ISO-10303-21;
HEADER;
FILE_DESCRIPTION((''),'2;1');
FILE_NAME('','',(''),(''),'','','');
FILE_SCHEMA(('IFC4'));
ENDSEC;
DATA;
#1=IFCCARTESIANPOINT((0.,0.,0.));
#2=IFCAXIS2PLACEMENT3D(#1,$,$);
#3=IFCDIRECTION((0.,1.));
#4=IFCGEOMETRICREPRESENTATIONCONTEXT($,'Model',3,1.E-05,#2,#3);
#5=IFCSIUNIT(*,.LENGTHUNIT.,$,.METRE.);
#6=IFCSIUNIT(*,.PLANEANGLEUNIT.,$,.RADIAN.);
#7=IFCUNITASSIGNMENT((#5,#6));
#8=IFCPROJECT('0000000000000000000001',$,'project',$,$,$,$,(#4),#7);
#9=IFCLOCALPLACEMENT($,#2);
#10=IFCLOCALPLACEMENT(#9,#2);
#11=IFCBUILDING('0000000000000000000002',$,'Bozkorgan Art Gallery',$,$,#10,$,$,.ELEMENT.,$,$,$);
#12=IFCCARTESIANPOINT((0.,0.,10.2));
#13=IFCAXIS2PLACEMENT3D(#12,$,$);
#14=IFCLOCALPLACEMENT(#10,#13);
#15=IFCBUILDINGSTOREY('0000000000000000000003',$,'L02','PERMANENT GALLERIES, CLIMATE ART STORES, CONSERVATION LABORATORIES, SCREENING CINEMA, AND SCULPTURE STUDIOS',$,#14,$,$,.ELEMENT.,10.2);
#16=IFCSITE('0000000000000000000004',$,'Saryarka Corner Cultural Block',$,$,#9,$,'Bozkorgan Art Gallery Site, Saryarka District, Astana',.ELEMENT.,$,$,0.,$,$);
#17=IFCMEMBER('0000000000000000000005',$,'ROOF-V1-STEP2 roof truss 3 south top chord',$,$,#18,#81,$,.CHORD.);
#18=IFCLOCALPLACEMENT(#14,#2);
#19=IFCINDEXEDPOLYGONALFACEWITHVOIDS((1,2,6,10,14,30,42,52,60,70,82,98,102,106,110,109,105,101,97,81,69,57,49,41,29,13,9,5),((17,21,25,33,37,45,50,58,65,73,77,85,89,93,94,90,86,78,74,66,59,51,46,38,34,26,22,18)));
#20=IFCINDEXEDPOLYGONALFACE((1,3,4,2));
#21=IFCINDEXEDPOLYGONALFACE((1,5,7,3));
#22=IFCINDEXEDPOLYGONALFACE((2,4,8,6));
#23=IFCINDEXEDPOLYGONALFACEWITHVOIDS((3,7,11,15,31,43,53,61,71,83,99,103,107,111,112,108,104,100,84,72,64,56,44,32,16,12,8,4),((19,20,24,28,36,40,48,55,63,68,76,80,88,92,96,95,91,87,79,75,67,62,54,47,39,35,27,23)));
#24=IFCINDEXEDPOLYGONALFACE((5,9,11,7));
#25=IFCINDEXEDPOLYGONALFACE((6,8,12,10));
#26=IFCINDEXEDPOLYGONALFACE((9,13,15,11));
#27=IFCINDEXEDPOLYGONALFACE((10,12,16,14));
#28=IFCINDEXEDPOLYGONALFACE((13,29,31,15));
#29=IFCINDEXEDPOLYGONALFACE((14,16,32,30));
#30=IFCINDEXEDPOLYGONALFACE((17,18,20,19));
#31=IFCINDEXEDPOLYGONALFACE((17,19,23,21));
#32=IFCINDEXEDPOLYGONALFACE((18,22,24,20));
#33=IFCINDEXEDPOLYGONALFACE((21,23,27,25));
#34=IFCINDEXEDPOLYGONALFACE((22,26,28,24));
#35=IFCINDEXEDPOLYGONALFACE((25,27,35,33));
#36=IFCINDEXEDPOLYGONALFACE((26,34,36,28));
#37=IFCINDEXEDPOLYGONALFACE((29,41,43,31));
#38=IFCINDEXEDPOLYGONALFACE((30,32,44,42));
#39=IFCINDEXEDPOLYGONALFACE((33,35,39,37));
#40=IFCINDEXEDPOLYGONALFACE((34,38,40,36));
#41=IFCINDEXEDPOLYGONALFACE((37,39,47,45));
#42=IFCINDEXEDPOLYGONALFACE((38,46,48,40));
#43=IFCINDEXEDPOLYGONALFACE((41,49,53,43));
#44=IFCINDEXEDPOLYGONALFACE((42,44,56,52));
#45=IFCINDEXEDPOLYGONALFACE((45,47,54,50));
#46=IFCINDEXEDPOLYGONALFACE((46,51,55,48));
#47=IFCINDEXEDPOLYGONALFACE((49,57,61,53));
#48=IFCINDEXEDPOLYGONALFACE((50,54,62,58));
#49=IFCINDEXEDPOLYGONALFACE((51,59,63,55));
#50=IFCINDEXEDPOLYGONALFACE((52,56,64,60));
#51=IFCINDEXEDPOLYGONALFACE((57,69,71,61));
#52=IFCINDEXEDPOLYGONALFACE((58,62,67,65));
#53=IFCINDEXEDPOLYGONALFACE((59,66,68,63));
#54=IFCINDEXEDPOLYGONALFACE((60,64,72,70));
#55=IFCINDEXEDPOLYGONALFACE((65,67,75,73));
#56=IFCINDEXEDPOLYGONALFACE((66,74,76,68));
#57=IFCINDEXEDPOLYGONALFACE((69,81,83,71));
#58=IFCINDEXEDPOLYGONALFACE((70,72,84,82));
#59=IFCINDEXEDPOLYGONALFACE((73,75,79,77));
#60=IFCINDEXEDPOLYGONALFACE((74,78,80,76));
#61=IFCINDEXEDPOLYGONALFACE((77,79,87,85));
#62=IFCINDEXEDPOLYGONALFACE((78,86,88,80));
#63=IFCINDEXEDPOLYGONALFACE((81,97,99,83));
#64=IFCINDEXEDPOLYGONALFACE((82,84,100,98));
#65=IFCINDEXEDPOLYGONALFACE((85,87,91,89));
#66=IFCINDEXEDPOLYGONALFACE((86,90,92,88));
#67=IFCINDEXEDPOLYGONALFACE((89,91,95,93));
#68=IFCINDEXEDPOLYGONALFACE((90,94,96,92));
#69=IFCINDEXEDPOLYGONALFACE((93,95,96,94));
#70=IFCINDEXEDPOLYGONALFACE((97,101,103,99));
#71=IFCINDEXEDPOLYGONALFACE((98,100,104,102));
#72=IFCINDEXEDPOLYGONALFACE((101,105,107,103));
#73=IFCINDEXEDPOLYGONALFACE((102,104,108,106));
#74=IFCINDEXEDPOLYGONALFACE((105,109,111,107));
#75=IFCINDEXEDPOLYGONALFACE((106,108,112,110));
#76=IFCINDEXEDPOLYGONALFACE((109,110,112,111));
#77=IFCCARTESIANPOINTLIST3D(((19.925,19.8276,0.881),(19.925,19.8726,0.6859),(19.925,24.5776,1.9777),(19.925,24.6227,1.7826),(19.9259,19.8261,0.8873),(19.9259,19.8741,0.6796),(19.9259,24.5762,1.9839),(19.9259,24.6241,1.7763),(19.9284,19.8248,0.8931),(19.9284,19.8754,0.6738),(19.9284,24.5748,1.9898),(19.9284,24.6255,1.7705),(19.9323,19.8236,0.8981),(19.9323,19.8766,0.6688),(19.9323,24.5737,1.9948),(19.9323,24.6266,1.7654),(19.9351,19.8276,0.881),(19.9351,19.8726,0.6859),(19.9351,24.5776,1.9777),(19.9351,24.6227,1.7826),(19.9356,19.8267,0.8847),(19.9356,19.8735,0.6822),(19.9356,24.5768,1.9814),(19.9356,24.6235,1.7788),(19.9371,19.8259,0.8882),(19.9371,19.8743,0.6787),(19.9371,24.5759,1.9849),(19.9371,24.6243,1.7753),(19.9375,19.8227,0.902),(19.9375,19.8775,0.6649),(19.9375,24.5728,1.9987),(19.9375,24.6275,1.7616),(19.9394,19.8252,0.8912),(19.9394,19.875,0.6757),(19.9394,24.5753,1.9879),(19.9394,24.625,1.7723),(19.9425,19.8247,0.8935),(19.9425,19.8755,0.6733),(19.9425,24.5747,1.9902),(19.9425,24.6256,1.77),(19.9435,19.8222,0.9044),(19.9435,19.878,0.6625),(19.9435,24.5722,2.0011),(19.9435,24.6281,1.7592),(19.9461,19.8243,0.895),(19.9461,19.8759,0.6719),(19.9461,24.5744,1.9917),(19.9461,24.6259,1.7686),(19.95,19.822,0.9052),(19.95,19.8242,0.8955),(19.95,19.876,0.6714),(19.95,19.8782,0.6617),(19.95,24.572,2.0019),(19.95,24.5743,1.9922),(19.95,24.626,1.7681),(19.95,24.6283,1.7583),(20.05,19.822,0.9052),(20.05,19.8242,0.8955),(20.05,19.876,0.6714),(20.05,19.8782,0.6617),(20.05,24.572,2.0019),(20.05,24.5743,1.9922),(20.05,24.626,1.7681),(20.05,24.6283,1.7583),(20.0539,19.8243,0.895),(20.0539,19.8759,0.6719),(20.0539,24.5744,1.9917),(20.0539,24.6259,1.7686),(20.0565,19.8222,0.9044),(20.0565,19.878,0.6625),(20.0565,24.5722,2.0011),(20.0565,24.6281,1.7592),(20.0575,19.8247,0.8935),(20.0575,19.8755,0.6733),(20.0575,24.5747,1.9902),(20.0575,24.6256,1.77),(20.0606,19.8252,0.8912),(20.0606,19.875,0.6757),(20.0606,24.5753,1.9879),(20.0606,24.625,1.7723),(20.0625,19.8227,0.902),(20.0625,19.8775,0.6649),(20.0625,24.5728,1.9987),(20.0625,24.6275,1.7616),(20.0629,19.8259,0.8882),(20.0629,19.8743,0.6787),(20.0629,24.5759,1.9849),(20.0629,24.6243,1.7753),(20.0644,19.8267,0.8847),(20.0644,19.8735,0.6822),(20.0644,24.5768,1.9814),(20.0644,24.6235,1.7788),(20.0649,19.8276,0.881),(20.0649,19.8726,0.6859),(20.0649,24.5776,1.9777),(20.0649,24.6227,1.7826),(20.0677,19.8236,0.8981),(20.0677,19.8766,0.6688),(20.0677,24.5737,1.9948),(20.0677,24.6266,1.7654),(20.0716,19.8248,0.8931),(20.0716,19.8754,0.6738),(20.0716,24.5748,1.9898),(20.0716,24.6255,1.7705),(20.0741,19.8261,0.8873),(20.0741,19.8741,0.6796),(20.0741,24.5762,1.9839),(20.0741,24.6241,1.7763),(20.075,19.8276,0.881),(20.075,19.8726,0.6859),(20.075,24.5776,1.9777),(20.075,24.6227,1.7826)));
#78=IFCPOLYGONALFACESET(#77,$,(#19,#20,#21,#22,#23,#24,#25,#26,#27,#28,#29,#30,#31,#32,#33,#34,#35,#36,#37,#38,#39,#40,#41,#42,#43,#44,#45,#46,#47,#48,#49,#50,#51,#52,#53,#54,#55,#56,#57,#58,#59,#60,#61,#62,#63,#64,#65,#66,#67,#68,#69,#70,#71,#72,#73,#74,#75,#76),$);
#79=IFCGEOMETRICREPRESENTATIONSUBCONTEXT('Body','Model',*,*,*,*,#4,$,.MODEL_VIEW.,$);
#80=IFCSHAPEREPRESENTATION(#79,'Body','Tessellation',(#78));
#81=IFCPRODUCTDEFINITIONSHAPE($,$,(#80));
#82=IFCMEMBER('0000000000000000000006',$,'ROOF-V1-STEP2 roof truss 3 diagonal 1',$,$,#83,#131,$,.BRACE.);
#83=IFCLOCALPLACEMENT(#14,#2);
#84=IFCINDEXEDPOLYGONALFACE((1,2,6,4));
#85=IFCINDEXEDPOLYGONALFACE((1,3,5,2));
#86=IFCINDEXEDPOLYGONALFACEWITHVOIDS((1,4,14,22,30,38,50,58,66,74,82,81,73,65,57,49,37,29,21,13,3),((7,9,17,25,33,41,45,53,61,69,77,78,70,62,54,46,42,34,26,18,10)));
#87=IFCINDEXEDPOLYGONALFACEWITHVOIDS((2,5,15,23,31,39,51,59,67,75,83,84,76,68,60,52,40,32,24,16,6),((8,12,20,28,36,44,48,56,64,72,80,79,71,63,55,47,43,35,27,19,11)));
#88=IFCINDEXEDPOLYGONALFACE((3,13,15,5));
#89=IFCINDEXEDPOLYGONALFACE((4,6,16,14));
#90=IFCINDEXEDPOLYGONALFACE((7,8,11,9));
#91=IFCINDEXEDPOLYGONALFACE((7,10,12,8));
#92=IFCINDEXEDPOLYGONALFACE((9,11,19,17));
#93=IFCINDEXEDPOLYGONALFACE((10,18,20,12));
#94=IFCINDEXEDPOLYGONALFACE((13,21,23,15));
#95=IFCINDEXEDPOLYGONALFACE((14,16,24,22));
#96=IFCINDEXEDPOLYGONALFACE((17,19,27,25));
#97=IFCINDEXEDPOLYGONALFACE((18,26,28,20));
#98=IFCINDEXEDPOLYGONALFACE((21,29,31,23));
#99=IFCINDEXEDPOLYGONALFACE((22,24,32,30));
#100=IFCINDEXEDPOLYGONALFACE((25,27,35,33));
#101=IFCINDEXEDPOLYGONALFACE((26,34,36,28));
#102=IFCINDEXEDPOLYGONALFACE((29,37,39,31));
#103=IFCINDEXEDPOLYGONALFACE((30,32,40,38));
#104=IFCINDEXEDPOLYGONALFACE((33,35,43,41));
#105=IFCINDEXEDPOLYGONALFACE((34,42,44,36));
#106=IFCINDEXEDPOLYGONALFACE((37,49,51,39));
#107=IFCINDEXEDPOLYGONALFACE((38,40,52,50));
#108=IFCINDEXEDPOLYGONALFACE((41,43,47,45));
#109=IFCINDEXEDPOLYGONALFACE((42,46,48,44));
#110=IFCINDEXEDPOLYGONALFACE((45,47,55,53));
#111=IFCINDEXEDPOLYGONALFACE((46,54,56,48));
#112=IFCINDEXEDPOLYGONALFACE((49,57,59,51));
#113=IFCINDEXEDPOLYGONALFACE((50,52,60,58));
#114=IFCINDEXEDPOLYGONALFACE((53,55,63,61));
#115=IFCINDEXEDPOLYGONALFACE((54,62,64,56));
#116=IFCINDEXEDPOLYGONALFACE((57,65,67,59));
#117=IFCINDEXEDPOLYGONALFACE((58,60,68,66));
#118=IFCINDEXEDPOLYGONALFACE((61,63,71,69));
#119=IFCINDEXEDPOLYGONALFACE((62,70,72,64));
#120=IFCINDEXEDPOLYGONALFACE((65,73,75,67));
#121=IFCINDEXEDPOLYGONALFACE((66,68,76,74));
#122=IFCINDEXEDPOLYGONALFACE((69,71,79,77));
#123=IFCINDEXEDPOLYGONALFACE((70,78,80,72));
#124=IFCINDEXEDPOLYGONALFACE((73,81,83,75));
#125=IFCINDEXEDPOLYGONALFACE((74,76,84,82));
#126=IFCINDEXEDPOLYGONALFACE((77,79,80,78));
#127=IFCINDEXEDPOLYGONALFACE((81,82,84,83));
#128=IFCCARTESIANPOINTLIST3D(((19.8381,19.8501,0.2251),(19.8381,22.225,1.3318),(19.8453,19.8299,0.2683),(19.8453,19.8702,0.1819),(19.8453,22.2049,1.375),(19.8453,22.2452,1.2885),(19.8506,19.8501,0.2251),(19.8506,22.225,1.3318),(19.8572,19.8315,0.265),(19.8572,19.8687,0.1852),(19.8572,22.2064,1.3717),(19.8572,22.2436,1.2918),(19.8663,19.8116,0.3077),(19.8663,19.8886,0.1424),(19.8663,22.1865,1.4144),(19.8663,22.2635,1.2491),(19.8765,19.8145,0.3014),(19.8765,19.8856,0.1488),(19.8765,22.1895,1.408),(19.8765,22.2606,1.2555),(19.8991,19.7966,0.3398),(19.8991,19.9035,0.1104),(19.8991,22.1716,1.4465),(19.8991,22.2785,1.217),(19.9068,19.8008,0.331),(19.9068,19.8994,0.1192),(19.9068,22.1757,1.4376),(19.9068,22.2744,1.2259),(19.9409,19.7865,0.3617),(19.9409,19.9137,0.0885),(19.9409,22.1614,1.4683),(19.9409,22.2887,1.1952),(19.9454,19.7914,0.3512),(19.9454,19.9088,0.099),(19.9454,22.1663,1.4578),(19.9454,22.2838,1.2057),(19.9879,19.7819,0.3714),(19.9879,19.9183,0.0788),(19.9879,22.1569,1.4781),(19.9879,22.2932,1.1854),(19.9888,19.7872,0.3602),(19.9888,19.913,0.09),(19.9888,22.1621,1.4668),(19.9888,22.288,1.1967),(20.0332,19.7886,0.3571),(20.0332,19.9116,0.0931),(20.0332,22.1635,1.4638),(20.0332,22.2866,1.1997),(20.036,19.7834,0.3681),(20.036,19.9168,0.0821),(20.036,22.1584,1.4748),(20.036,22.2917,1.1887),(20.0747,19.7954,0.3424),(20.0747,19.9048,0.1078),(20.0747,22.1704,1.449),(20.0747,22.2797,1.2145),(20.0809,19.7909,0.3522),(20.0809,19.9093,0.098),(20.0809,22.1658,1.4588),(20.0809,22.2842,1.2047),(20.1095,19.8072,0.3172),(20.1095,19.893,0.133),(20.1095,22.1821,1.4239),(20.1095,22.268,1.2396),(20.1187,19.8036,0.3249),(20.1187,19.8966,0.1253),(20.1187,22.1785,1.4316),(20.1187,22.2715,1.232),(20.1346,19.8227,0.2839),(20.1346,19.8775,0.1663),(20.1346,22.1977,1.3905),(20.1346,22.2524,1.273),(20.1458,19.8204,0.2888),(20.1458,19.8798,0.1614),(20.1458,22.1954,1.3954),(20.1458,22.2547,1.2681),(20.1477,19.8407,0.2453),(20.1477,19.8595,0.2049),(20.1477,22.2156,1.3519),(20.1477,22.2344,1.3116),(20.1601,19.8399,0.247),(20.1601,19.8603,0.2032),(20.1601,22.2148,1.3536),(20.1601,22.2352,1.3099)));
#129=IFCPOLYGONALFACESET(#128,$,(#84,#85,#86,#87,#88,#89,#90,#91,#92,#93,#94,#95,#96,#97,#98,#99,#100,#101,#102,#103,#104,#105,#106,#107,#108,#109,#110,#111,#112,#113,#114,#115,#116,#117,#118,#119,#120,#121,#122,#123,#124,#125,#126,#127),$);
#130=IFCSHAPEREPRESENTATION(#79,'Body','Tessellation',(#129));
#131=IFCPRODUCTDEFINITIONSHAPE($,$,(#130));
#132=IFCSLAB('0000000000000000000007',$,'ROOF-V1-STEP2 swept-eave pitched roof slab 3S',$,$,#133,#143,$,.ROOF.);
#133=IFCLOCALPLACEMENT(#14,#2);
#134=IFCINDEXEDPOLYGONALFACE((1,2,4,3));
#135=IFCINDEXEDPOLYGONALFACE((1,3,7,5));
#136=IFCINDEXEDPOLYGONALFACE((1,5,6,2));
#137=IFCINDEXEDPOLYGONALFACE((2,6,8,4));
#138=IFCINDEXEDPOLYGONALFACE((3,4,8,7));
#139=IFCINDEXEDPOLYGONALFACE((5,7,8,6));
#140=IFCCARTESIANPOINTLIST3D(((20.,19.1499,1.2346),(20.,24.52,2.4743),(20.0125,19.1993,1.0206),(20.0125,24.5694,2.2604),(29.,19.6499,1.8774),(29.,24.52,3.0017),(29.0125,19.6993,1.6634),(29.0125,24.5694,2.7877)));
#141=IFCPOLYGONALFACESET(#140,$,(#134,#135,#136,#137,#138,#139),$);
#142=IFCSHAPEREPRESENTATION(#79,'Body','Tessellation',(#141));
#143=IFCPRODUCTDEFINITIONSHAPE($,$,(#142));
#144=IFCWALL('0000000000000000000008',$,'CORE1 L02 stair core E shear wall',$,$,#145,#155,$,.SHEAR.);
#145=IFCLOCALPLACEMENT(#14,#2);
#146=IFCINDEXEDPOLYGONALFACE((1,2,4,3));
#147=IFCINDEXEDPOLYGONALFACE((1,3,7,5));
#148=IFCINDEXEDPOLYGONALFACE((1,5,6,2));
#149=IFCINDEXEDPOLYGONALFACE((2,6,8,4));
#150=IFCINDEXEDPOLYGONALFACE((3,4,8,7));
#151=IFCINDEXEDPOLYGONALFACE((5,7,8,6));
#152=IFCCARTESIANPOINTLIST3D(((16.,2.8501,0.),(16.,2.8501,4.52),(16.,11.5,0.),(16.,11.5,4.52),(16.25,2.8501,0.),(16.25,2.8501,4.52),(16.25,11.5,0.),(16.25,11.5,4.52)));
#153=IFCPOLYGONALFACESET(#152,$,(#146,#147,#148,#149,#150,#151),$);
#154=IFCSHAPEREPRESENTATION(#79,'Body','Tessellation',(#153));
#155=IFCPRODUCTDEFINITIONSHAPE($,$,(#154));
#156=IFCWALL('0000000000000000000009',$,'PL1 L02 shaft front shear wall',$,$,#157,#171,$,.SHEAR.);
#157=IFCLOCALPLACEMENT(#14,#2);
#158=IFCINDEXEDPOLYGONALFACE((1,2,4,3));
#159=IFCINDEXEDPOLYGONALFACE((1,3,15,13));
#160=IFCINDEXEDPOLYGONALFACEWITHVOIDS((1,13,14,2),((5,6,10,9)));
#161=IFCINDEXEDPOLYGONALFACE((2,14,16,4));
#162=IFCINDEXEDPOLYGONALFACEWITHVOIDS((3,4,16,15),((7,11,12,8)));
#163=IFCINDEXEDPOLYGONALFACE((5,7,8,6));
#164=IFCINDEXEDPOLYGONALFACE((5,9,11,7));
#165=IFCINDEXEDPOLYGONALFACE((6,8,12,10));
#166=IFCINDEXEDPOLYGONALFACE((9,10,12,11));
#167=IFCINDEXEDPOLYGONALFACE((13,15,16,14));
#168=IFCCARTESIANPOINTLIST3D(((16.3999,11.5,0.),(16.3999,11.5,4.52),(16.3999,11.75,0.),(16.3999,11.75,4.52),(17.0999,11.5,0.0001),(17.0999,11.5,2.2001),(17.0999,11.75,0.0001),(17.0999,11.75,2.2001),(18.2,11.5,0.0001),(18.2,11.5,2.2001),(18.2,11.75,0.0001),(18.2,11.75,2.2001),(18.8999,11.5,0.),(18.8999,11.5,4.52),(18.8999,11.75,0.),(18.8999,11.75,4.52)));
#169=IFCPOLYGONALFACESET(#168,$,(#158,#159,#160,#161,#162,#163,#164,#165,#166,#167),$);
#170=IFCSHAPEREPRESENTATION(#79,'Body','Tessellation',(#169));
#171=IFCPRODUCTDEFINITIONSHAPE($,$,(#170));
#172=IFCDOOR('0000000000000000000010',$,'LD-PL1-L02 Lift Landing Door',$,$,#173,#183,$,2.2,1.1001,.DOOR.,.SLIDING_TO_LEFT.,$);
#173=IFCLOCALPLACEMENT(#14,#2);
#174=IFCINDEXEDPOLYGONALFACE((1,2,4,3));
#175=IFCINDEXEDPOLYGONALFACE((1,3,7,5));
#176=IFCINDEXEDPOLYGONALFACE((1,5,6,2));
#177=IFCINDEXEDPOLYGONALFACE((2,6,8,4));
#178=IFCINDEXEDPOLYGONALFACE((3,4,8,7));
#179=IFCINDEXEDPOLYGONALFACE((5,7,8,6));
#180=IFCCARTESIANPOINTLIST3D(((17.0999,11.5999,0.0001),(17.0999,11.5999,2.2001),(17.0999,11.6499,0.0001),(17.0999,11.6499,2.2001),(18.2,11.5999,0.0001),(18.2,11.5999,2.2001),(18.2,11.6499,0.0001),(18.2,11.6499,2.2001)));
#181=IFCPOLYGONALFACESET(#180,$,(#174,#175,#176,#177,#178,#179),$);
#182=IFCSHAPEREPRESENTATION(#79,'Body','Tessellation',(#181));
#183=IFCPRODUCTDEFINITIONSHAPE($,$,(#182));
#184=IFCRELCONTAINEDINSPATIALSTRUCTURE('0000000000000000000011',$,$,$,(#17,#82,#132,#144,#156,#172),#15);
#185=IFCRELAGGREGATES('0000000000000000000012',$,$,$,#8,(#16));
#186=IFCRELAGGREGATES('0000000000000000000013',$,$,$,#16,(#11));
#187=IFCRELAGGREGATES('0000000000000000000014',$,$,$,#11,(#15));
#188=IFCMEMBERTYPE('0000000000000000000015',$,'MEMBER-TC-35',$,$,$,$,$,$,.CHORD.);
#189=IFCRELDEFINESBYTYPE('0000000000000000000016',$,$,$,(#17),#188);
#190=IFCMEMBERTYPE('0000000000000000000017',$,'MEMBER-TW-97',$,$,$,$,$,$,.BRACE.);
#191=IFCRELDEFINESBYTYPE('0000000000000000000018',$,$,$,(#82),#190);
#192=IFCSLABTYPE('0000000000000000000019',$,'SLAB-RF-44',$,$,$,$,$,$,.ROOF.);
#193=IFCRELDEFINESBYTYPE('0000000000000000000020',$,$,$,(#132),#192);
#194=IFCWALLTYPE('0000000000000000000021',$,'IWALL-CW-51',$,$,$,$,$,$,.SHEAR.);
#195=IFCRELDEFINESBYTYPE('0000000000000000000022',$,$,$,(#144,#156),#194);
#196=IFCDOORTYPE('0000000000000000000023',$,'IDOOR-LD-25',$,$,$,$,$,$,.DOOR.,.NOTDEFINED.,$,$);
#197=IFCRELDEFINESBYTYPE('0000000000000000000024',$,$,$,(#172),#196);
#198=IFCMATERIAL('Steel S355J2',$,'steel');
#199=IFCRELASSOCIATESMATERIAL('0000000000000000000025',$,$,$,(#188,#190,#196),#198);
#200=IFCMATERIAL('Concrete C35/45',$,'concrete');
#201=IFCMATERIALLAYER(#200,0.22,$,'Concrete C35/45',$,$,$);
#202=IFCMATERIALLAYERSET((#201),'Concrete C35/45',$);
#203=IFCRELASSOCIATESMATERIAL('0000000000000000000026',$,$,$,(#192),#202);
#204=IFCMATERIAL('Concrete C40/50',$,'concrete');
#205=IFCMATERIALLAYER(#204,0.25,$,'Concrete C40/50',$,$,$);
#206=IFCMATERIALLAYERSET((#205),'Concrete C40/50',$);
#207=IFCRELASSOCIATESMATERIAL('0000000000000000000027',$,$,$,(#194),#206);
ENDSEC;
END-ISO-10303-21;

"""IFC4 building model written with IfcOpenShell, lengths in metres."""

from ifc_helpers import new_model, si_unit, direction, frame, frame_2d, origin, origin_2d, place, context, subcontext, project, spatial, polyline, rectangle, hollow_rectangle, hollow_circle, outline, extrude, material, layer, layer_set, material_profile, profile_set, type_object, element, fill, save


model = new_model("IFC4")

# Units and contexts
model_context = context("Model", 3, precision=1e-05, world=origin(), true_north=direction((0.0, 1.0)))
body_context = subcontext(model_context, "Body", "Model", "MODEL_VIEW")
ifc_project = project(units=[si_unit("LENGTHUNIT", "METRE"), si_unit("PLANEANGLEUNIT", "RADIAN")], contexts=[model_context])

# Site, building, storey
site_placement = place(None, origin())
site = spatial("IfcSite", under=ifc_project, at=site_placement, Name="Saryarka Corner Cultural Block", LongName="Bozkorgan Art Gallery Site, Saryarka District, Astana", CompositionType="ELEMENT", RefElevation=0.0)
building_placement = place(site_placement, origin())
building = spatial("IfcBuilding", under=site, at=building_placement, Name="Bozkorgan Art Gallery", CompositionType="ELEMENT")
storey_placement = place(building_placement, frame((0.0, 0.0, 10.2)))
storey = spatial("IfcBuildingStorey", under=building, at=storey_placement, Name="L02", Description="PERMANENT GALLERIES, CLIMATE ART STORES, CONSERVATION LABORATORIES, SCREENING CINEMA, AND SCULPTURE STUDIOS", CompositionType="ELEMENT", Elevation=10.2)

# Shared definitions
ifc_material_1 = material(Name="Concrete C40/50", Category="concrete")

# Shared definitions
ifc_material_2 = material(Name="Concrete C35/45", Category="concrete")
ifc_material_3 = material(Name="Steel S355J2", Category="steel")

# Members
ifc_material_profile_1 = material_profile(ifc_material_3, hollow_rectangle(XDim=0.1499, YDim=0.25, WallThickness=0.01, InnerFilletRadius=0.0149, OuterFilletRadius=0.0249, at=origin_2d()), Name="RHS 250x150x10")
ifc_profile_set_1 = profile_set([ifc_material_profile_1], Name="Steel S355J2")
member_type_1 = type_object("IfcMemberType", Name="MEMBER-TC-35", PredefinedType="CHORD", material=ifc_profile_set_1)
member_1_placement = place(storey_placement, frame((20.0, 19.8501, 0.7834), z_axis=(0.0, 0.974368, 0.224962), x_axis=(-1.0, 0.0, 0.0)))
element("IfcMember", 1, at=member_1_placement, inside=storey, type_object=member_type_1, Name="ROOF-V1-STEP2 roof truss 3 south top chord", PredefinedType="CHORD", context=body_context, shape_type="SweptSolid", body=[
    extrude(hollow_rectangle(XDim=0.1499, YDim=0.25, WallThickness=0.01, InnerFilletRadius=0.0149, OuterFilletRadius=0.0249, at=origin_2d()), origin(), (0.0, 0.0, 1.0), 4.875),
])
ifc_material_profile_2 = material_profile(ifc_material_3, hollow_circle(Radius=0.1619, WallThickness=0.0125, at=origin_2d()), Name="CHS 323.9x12.5")
ifc_profile_set_2 = profile_set([ifc_material_profile_2], Name="Steel S355J2")
member_type_2 = type_object("IfcMemberType", Name="MEMBER-TW-97", PredefinedType="BRACE", material=ifc_profile_set_2)
member_2_placement = place(storey_placement, frame((20.0, 19.8501, 0.2251), z_axis=(0.0, 0.906423, 0.42237), x_axis=(-1.0, 0.0, 0.0)))
element("IfcMember", 2, at=member_2_placement, inside=storey, type_object=member_type_2, Name="ROOF-V1-STEP2 roof truss 3 diagonal 1", PredefinedType="BRACE", context=body_context, shape_type="SweptSolid", body=[
    extrude(hollow_circle(Radius=0.1619, WallThickness=0.0125, at=origin_2d()), origin(), (0.0, 0.0, 1.0), 2.6201),
])

# Slab
ifc_layer_1 = layer(ifc_material_2, 0.22, Name="Concrete C35/45")
ifc_layer_set_1 = layer_set([ifc_layer_1], Name="Concrete C35/45")
slab_type = type_object("IfcSlabType", Name="SLAB-RF-44", PredefinedType="ROOF", material=ifc_layer_set_1)
slab_placement = place(storey_placement, frame((20.0, 19.1499, 1.2346), z_axis=(-0.057002, -0.224574, 0.972789), x_axis=(0.995931, 0.05533, 0.071131)))
element("IfcSlab", 3, at=slab_placement, inside=storey, type_object=slab_type, Name="ROOF-V1-STEP2 swept-eave pitched roof slab 3S", PredefinedType="ROOF", context=body_context, shape_type="SweptSolid", body=[
    extrude(outline(polyline([(0.0, 0.0), (9.0368, 0.0), (9.3862, 4.986), (0.3853, 5.4979), (0.0, 0.0)])), origin(), (0.0, 0.0, -1.0), 0.22),
])

# Wall
ifc_layer_2 = layer(ifc_material_1, 0.25, Name="Concrete C40/50")
ifc_layer_set_2 = layer_set([ifc_layer_2], Name="Concrete C40/50")
wall_type_1 = type_object("IfcWallType", Name="IWALL-CW-51", PredefinedType="SHEAR", material=ifc_layer_set_2)
wall_1_placement = place(storey_placement, frame((16.125, 2.8501, 0.0), z_axis=(0.0, 0.0, 1.0), x_axis=(0.0, 1.0, 0.0)))
element("IfcWall", 4, at=wall_1_placement, inside=storey, type_object=wall_type_1, Name="CORE1 L02 stair core E shear wall", PredefinedType="SHEAR", context=body_context, shape_type="SweptSolid", body=[
    extrude(rectangle(XDim=8.6499, YDim=0.25, at=frame_2d((4.325, 0.0))), origin(), (0.0, 0.0, 1.0), 4.52),
])

# Wall, opening, door
wall_2_placement = place(storey_placement, frame((16.3999, 11.625, 0.0), z_axis=(0.0, 0.0, 1.0), x_axis=(1.0, 0.0, 0.0)))
wall_2 = element("IfcWall", 5, at=wall_2_placement, inside=storey, type_object=wall_type_1, Name="PL1 L02 shaft front shear wall", PredefinedType="SHEAR", context=body_context, shape_type="SweptSolid", body=[
    extrude(rectangle(XDim=2.5, YDim=0.25, at=frame_2d((1.25, 0.0))), origin(), (0.0, 0.0, 1.0), 4.52),
])
opening_1_placement = place(wall_2_placement, frame((0.7, 0.0, 0.0)))
opening_1 = element("IfcOpeningElement", 6, at=opening_1_placement, cuts=wall_2, PredefinedType="OPENING", context=body_context, shape_type="SweptSolid", body=[
    extrude(rectangle(XDim=1.1001, YDim=2.2, at=frame_2d((0.55, 1.1001))), frame((0.0, 0.135, 0.0), z_axis=(0.0, -1.0, 0.0), x_axis=(1.0, 0.0, 0.0)), (0.0, 0.0, 1.0), 0.27),
])
door_type_1 = type_object("IfcDoorType", Name="IDOOR-LD-25", OperationType="NOTDEFINED", PredefinedType="DOOR", material=ifc_material_3)
door_1_placement = place(opening_1_placement, origin())
door_1 = element("IfcDoor", 7, at=door_1_placement, inside=storey, type_object=door_type_1, Name="LD-PL1-L02 Lift Landing Door", OperationType="SLIDING_TO_LEFT", OverallHeight=2.2, OverallWidth=1.1001, PredefinedType="DOOR", context=body_context, shape_type="SweptSolid", body=[
    extrude(rectangle(XDim=1.1001, YDim=2.2, at=frame_2d((0.55, 1.1001))), frame((0.0, 0.0249, 0.0), z_axis=(0.0, -1.0, 0.0), x_axis=(1.0, 0.0, 0.0)), (0.0, 0.0, 1.0), 0.05),
])
fill(opening_1, door_1)

save(model, "model.ifc")
